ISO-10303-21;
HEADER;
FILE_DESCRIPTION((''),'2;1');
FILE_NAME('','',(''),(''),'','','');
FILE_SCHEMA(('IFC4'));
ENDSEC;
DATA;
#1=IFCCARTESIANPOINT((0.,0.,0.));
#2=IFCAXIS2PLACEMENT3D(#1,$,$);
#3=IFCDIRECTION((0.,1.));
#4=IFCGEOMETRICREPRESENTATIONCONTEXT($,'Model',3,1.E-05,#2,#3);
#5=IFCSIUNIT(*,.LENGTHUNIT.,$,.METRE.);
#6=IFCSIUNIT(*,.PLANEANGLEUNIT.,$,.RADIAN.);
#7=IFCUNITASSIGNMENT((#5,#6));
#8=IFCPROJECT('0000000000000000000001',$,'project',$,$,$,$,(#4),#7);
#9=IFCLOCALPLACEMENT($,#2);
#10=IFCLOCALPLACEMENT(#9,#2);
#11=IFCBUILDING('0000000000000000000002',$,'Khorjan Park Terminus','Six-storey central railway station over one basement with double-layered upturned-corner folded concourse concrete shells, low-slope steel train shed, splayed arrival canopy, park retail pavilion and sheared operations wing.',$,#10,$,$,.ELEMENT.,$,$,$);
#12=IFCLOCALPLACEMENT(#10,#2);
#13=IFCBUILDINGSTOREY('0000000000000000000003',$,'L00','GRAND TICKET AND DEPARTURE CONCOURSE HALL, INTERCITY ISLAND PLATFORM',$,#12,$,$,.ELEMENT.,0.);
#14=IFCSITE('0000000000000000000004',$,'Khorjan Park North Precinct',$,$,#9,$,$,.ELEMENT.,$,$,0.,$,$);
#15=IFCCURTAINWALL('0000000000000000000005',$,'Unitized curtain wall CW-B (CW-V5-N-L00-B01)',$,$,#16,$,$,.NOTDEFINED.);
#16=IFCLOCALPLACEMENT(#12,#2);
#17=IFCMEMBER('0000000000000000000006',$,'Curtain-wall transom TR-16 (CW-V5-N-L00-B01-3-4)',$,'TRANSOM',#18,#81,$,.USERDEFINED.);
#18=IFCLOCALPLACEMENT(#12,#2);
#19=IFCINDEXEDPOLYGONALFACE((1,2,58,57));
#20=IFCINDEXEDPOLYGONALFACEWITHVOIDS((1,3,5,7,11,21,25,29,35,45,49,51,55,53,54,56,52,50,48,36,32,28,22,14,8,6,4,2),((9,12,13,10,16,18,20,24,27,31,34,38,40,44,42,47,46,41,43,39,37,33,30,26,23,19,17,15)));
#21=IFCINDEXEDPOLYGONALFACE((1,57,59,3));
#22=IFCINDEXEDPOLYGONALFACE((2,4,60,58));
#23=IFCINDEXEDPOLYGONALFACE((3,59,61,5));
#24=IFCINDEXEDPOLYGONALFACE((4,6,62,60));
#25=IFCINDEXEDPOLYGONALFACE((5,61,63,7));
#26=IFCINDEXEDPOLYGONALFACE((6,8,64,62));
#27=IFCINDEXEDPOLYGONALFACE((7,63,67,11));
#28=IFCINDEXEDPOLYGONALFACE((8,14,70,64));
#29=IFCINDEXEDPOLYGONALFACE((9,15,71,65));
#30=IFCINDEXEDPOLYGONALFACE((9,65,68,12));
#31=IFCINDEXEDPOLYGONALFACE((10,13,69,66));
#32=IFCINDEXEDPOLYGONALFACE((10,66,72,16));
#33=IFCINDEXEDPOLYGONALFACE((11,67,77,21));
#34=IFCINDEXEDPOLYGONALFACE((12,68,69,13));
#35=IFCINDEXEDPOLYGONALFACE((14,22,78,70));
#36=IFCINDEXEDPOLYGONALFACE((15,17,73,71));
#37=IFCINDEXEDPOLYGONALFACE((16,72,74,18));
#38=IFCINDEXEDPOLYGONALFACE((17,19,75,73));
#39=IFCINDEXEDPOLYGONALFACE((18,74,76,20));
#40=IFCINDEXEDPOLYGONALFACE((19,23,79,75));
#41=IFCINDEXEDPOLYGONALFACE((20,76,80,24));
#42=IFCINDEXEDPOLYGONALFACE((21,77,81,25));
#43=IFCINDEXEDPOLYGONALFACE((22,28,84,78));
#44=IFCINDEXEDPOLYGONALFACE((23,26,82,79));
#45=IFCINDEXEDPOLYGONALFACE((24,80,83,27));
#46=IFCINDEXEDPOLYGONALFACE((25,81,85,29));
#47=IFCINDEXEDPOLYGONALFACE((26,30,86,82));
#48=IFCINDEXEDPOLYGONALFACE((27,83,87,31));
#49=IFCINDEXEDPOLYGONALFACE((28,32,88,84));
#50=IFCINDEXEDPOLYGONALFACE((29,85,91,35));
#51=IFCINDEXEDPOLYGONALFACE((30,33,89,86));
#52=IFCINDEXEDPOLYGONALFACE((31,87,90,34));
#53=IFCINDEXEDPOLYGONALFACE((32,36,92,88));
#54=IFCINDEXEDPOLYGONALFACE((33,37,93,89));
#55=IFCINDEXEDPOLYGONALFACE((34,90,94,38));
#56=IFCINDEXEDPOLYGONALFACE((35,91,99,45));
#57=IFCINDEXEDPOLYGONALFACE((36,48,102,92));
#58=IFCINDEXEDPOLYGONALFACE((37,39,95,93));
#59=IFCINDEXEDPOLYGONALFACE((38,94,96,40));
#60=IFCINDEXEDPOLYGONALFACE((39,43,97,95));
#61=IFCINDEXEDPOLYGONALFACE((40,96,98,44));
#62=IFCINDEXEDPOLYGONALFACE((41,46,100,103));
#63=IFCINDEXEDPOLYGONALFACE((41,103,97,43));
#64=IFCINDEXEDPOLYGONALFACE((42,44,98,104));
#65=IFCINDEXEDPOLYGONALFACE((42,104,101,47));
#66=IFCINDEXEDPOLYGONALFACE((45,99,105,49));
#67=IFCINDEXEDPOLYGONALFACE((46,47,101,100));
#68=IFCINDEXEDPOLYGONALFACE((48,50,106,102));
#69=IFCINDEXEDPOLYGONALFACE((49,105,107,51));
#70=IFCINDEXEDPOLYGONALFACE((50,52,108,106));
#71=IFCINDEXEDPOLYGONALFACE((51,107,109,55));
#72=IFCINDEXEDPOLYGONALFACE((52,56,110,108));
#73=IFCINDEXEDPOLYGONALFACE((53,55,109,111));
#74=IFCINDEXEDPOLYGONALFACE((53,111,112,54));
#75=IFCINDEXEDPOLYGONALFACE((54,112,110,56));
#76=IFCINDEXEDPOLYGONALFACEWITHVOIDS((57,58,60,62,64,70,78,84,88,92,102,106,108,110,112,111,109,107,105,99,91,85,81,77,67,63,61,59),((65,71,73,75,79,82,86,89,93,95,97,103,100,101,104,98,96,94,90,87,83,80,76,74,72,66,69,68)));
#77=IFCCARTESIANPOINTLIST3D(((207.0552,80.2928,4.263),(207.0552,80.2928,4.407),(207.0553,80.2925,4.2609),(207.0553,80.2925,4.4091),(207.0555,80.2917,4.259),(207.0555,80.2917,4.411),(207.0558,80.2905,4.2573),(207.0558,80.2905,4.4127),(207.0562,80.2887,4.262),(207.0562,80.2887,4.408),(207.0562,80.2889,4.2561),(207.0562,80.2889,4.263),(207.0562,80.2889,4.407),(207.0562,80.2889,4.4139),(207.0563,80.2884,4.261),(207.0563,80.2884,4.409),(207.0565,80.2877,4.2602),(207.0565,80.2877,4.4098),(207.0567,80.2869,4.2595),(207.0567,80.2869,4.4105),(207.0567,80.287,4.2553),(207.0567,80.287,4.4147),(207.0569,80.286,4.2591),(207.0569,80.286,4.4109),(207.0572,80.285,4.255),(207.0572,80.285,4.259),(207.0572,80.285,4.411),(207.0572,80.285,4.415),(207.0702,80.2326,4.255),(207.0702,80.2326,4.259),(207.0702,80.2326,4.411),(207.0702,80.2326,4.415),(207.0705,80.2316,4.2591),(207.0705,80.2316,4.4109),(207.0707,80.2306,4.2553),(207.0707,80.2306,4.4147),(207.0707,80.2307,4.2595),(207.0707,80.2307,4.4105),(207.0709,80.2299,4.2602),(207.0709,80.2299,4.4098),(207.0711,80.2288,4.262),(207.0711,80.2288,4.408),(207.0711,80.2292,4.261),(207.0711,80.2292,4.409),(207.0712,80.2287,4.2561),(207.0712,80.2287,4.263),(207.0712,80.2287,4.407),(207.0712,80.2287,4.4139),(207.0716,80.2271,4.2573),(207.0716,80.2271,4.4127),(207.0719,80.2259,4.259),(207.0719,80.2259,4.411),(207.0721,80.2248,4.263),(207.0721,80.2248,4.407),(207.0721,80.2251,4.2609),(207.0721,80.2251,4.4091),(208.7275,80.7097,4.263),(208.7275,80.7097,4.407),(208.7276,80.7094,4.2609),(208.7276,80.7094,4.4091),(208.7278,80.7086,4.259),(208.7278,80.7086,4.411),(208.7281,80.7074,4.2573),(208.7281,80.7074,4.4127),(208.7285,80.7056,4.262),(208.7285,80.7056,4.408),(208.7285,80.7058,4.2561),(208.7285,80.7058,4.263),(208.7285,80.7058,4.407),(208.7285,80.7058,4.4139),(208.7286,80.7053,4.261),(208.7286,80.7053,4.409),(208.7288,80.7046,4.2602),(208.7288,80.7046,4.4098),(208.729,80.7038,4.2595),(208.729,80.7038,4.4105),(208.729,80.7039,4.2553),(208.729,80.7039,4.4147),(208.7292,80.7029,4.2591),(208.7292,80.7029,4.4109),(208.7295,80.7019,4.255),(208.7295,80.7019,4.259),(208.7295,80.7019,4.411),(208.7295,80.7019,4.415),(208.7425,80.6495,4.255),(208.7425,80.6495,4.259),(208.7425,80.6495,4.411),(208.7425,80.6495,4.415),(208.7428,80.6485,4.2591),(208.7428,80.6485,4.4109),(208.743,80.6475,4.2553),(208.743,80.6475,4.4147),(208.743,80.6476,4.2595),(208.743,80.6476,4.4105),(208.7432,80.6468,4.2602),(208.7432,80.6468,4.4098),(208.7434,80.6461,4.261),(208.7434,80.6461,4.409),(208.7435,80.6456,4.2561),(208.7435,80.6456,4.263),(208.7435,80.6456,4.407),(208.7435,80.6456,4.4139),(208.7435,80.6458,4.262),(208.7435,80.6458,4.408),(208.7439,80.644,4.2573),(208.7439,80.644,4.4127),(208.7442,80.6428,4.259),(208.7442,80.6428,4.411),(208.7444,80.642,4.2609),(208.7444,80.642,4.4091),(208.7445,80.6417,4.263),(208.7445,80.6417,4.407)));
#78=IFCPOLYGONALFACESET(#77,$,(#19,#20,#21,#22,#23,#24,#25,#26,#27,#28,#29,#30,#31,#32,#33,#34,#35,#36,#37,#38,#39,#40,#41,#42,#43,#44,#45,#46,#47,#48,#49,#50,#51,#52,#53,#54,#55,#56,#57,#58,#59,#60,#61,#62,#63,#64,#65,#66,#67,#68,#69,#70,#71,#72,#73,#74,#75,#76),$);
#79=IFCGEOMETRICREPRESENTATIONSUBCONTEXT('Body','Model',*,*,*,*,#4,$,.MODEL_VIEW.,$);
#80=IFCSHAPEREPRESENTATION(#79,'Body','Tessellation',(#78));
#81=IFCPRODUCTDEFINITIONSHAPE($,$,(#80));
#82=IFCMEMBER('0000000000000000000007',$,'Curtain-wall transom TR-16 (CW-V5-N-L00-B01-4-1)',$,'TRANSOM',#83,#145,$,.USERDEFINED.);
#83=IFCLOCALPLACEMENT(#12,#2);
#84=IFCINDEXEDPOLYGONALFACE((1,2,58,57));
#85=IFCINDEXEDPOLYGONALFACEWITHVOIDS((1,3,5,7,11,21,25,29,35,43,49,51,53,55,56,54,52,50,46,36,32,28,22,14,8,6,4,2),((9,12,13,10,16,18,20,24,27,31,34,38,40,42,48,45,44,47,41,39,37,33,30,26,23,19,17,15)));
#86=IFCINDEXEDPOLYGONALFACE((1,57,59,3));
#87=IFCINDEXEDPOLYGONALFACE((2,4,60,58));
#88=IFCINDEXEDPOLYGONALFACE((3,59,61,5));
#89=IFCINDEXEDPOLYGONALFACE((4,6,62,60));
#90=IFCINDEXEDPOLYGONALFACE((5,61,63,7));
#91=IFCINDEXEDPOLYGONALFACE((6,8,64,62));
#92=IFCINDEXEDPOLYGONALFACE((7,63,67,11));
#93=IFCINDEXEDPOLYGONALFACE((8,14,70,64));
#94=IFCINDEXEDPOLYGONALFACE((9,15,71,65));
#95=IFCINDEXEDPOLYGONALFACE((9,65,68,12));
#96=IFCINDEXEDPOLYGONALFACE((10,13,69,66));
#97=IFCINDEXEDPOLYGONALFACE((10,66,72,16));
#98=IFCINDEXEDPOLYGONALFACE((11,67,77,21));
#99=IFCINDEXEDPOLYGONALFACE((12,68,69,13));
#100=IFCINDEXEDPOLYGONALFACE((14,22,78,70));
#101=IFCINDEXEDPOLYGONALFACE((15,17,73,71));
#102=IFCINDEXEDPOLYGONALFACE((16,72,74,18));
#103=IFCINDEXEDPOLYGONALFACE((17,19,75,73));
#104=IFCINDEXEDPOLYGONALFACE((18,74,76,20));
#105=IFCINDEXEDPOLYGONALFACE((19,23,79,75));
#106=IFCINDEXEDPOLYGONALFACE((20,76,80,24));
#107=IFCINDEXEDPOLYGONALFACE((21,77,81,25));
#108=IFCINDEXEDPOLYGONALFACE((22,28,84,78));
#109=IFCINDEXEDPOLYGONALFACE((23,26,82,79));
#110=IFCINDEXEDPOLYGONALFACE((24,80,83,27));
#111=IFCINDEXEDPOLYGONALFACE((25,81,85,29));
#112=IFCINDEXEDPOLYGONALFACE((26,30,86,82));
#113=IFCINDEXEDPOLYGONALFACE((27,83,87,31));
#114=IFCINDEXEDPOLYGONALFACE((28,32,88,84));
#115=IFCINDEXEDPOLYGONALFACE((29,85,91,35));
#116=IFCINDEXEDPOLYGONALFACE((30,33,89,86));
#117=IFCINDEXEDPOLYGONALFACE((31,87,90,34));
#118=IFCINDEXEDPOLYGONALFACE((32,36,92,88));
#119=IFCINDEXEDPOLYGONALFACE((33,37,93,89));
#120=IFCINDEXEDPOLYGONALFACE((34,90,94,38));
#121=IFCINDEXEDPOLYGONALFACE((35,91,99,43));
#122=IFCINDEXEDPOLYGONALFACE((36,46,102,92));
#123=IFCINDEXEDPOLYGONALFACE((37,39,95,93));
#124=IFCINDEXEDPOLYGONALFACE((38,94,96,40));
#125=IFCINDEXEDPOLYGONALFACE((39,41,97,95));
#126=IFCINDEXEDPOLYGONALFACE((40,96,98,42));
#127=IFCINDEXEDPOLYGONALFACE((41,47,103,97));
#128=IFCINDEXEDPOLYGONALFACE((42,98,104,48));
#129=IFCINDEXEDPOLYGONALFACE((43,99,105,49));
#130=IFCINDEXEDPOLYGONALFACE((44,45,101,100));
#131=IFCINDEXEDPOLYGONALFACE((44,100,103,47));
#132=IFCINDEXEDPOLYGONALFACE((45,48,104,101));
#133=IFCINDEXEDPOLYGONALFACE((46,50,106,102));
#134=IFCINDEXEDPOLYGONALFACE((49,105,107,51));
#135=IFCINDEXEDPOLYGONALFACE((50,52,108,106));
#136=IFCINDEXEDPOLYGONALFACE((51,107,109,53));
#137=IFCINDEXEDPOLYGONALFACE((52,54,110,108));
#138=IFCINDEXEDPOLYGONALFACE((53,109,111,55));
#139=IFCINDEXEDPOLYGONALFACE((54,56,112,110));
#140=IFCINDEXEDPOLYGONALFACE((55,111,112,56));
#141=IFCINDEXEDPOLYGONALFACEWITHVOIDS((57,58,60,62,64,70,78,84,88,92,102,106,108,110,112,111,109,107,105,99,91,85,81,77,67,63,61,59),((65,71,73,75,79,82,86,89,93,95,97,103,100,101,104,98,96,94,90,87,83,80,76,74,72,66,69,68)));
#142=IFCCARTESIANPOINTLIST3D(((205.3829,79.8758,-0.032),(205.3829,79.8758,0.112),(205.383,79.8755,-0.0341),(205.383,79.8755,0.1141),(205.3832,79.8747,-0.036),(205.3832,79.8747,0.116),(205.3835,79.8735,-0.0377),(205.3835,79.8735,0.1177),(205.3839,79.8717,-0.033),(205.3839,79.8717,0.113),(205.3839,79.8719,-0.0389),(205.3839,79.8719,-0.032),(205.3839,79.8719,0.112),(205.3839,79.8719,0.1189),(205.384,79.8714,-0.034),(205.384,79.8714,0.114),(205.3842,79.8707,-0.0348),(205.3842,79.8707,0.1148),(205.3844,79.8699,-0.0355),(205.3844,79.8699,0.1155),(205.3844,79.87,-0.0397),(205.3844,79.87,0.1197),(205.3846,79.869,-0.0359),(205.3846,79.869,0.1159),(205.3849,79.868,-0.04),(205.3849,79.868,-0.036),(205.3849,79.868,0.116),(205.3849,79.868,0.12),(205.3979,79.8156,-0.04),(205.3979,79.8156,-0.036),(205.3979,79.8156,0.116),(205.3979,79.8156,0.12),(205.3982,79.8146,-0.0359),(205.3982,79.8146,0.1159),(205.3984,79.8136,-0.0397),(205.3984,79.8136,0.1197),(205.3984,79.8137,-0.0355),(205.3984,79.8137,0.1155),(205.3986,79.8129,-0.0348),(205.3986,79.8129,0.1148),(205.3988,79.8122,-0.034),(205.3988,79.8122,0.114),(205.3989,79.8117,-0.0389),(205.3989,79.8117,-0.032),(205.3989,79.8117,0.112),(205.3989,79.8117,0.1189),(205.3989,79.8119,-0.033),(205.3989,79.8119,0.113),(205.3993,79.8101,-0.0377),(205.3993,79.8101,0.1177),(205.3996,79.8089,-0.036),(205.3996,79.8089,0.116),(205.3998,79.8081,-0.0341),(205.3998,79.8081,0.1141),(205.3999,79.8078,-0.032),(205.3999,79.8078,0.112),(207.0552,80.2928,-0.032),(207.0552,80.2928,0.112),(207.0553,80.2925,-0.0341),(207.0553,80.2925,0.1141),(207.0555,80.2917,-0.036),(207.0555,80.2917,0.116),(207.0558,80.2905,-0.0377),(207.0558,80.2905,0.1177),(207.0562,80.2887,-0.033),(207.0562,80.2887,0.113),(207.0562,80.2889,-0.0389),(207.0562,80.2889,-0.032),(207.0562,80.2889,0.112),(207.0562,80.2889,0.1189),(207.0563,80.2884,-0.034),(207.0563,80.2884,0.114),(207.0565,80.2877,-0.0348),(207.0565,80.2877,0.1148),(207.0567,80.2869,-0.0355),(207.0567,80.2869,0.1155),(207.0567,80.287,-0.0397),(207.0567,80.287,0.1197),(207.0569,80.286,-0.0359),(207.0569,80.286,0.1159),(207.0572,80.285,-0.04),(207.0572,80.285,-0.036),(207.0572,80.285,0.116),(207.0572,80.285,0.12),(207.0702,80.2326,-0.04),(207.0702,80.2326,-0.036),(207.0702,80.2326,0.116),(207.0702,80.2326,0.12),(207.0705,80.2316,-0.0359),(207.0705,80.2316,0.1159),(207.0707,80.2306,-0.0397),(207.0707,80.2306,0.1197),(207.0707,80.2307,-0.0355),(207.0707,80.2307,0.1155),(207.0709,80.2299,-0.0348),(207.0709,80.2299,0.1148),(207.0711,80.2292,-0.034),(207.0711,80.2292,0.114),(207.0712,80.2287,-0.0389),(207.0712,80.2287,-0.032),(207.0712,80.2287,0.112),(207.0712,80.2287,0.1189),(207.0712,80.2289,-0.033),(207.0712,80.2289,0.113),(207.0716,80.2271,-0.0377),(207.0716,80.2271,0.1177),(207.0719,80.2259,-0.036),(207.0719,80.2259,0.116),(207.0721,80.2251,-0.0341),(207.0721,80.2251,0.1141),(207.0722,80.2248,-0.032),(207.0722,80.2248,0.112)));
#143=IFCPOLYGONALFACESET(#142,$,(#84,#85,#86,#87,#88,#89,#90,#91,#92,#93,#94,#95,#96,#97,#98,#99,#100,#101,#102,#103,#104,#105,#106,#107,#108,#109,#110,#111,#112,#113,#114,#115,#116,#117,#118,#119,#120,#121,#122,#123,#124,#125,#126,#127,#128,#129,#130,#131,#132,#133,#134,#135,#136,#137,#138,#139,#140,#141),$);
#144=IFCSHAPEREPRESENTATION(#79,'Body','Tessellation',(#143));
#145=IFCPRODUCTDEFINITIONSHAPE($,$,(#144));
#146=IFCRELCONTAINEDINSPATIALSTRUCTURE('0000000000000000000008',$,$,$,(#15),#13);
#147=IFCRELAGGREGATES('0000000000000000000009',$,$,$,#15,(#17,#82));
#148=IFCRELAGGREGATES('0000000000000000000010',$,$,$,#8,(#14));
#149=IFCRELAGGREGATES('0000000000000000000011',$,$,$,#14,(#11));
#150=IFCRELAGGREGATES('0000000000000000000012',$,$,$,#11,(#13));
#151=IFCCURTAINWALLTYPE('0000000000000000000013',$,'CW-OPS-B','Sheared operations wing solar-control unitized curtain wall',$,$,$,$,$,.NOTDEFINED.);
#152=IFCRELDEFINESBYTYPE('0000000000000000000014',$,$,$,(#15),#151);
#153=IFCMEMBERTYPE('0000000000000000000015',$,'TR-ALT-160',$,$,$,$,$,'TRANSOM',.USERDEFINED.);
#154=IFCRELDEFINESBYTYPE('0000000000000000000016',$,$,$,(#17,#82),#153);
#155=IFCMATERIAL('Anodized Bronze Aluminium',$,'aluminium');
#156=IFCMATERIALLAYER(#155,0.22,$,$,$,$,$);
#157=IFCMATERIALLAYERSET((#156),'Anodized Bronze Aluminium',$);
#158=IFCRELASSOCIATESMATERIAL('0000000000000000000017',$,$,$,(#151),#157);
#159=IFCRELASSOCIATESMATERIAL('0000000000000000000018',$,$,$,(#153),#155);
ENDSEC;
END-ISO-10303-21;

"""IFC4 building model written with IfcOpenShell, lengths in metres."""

from ifc_helpers import new_model, si_unit, direction, frame, origin, origin_2d, place, context, subcontext, project, spatial, hollow_rectangle, extrude, material, layer, layer_set, material_profile, profile_set, type_object, element, aggregate, save


model = new_model("IFC4")

# Units and contexts
model_context = context("Model", 3, precision=1e-05, world=origin(), true_north=direction((0.0, 1.0)))
body_context = subcontext(model_context, "Body", "Model", "MODEL_VIEW")
ifc_project = project(units=[si_unit("LENGTHUNIT", "METRE"), si_unit("PLANEANGLEUNIT", "RADIAN")], contexts=[model_context])

# Site, building, storey
site_placement = place(None, origin())
site = spatial("IfcSite", under=ifc_project, at=site_placement, Name="Khorjan Park North Precinct", CompositionType="ELEMENT", RefElevation=0.0)
building_placement = place(site_placement, origin())
building = spatial("IfcBuilding", under=site, at=building_placement, Name="Khorjan Park Terminus", Description="Six-storey central railway station over one basement with double-layered upturned-corner folded concourse concrete shells, low-slope steel train shed, splayed arrival canopy, park retail pavilion and sheared operations wing.", CompositionType="ELEMENT")
storey_placement = place(building_placement, origin())
storey = spatial("IfcBuildingStorey", under=building, at=storey_placement, Name="L00", Description="GRAND TICKET AND DEPARTURE CONCOURSE HALL, INTERCITY ISLAND PLATFORM", CompositionType="ELEMENT", Elevation=0.0)

# Curtain wall, members
ifc_material_1 = material(Name="Anodized Bronze Aluminium", Category="aluminium")
ifc_layer_1 = layer(ifc_material_1, 0.22)
ifc_layer_set_1 = layer_set([ifc_layer_1], Name="Anodized Bronze Aluminium")
curtain_wall_type = type_object("IfcCurtainWallType", Name="CW-OPS-B", Description="Sheared operations wing solar-control unitized curtain wall", PredefinedType="NOTDEFINED", material=ifc_layer_set_1)
curtain_wall_placement = place(storey_placement, origin())
curtain_wall = element("IfcCurtainWall", 1, at=curtain_wall_placement, inside=storey, type_object=curtain_wall_type, Name="Unitized curtain wall CW-B (CW-V5-N-L00-B01)", PredefinedType="NOTDEFINED")
ifc_material_profile_1 = material_profile(ifc_material_1, hollow_rectangle(XDim=0.07, YDim=0.16, WallThickness=0.004, InnerFilletRadius=0.004, OuterFilletRadius=0.008, at=origin_2d()), Name="ALT 70x160x4")
ifc_profile_set_1 = profile_set([ifc_material_profile_1], Name="Anodized Bronze Aluminium")
member_type_1 = type_object("IfcMemberType", Name="TR-ALT-160", ElementType="TRANSOM", PredefinedType="USERDEFINED", material=ifc_profile_set_1)
member_1_placement = place(storey_placement, frame((208.736, 80.6757, 4.335), z_axis=(-0.970303, -0.241894, 0.0), x_axis=(0.241894, -0.970303, 0.0)))
member_1 = element("IfcMember", 2, at=member_1_placement, type_object=member_type_1, Name="Curtain-wall transom TR-16 (CW-V5-N-L00-B01-3-4)", ObjectType="TRANSOM", PredefinedType="USERDEFINED", context=body_context, shape_type="SweptSolid", body=[
    extrude(hollow_rectangle(XDim=0.07, YDim=0.16, WallThickness=0.004, InnerFilletRadius=0.004, OuterFilletRadius=0.008, at=origin_2d()), origin(), (0.0, 0.0, 1.0), 1.7235),
])
member_2_placement = place(storey_placement, frame((207.0637, 80.2588, 0.04), z_axis=(-0.970289, -0.241949, 0.0), x_axis=(0.241949, -0.970289, 0.0)))
member_2 = element("IfcMember", 3, at=member_2_placement, type_object=member_type_1, Name="Curtain-wall transom TR-16 (CW-V5-N-L00-B01-4-1)", ObjectType="TRANSOM", PredefinedType="USERDEFINED", context=body_context, shape_type="SweptSolid", body=[
    extrude(hollow_rectangle(XDim=0.07, YDim=0.16, WallThickness=0.004, InnerFilletRadius=0.004, OuterFilletRadius=0.008, at=origin_2d()), origin(), (0.0, 0.0, 1.0), 1.7235),
])
aggregate(curtain_wall, [member_1, member_2])

save(model, "model.ifc")
